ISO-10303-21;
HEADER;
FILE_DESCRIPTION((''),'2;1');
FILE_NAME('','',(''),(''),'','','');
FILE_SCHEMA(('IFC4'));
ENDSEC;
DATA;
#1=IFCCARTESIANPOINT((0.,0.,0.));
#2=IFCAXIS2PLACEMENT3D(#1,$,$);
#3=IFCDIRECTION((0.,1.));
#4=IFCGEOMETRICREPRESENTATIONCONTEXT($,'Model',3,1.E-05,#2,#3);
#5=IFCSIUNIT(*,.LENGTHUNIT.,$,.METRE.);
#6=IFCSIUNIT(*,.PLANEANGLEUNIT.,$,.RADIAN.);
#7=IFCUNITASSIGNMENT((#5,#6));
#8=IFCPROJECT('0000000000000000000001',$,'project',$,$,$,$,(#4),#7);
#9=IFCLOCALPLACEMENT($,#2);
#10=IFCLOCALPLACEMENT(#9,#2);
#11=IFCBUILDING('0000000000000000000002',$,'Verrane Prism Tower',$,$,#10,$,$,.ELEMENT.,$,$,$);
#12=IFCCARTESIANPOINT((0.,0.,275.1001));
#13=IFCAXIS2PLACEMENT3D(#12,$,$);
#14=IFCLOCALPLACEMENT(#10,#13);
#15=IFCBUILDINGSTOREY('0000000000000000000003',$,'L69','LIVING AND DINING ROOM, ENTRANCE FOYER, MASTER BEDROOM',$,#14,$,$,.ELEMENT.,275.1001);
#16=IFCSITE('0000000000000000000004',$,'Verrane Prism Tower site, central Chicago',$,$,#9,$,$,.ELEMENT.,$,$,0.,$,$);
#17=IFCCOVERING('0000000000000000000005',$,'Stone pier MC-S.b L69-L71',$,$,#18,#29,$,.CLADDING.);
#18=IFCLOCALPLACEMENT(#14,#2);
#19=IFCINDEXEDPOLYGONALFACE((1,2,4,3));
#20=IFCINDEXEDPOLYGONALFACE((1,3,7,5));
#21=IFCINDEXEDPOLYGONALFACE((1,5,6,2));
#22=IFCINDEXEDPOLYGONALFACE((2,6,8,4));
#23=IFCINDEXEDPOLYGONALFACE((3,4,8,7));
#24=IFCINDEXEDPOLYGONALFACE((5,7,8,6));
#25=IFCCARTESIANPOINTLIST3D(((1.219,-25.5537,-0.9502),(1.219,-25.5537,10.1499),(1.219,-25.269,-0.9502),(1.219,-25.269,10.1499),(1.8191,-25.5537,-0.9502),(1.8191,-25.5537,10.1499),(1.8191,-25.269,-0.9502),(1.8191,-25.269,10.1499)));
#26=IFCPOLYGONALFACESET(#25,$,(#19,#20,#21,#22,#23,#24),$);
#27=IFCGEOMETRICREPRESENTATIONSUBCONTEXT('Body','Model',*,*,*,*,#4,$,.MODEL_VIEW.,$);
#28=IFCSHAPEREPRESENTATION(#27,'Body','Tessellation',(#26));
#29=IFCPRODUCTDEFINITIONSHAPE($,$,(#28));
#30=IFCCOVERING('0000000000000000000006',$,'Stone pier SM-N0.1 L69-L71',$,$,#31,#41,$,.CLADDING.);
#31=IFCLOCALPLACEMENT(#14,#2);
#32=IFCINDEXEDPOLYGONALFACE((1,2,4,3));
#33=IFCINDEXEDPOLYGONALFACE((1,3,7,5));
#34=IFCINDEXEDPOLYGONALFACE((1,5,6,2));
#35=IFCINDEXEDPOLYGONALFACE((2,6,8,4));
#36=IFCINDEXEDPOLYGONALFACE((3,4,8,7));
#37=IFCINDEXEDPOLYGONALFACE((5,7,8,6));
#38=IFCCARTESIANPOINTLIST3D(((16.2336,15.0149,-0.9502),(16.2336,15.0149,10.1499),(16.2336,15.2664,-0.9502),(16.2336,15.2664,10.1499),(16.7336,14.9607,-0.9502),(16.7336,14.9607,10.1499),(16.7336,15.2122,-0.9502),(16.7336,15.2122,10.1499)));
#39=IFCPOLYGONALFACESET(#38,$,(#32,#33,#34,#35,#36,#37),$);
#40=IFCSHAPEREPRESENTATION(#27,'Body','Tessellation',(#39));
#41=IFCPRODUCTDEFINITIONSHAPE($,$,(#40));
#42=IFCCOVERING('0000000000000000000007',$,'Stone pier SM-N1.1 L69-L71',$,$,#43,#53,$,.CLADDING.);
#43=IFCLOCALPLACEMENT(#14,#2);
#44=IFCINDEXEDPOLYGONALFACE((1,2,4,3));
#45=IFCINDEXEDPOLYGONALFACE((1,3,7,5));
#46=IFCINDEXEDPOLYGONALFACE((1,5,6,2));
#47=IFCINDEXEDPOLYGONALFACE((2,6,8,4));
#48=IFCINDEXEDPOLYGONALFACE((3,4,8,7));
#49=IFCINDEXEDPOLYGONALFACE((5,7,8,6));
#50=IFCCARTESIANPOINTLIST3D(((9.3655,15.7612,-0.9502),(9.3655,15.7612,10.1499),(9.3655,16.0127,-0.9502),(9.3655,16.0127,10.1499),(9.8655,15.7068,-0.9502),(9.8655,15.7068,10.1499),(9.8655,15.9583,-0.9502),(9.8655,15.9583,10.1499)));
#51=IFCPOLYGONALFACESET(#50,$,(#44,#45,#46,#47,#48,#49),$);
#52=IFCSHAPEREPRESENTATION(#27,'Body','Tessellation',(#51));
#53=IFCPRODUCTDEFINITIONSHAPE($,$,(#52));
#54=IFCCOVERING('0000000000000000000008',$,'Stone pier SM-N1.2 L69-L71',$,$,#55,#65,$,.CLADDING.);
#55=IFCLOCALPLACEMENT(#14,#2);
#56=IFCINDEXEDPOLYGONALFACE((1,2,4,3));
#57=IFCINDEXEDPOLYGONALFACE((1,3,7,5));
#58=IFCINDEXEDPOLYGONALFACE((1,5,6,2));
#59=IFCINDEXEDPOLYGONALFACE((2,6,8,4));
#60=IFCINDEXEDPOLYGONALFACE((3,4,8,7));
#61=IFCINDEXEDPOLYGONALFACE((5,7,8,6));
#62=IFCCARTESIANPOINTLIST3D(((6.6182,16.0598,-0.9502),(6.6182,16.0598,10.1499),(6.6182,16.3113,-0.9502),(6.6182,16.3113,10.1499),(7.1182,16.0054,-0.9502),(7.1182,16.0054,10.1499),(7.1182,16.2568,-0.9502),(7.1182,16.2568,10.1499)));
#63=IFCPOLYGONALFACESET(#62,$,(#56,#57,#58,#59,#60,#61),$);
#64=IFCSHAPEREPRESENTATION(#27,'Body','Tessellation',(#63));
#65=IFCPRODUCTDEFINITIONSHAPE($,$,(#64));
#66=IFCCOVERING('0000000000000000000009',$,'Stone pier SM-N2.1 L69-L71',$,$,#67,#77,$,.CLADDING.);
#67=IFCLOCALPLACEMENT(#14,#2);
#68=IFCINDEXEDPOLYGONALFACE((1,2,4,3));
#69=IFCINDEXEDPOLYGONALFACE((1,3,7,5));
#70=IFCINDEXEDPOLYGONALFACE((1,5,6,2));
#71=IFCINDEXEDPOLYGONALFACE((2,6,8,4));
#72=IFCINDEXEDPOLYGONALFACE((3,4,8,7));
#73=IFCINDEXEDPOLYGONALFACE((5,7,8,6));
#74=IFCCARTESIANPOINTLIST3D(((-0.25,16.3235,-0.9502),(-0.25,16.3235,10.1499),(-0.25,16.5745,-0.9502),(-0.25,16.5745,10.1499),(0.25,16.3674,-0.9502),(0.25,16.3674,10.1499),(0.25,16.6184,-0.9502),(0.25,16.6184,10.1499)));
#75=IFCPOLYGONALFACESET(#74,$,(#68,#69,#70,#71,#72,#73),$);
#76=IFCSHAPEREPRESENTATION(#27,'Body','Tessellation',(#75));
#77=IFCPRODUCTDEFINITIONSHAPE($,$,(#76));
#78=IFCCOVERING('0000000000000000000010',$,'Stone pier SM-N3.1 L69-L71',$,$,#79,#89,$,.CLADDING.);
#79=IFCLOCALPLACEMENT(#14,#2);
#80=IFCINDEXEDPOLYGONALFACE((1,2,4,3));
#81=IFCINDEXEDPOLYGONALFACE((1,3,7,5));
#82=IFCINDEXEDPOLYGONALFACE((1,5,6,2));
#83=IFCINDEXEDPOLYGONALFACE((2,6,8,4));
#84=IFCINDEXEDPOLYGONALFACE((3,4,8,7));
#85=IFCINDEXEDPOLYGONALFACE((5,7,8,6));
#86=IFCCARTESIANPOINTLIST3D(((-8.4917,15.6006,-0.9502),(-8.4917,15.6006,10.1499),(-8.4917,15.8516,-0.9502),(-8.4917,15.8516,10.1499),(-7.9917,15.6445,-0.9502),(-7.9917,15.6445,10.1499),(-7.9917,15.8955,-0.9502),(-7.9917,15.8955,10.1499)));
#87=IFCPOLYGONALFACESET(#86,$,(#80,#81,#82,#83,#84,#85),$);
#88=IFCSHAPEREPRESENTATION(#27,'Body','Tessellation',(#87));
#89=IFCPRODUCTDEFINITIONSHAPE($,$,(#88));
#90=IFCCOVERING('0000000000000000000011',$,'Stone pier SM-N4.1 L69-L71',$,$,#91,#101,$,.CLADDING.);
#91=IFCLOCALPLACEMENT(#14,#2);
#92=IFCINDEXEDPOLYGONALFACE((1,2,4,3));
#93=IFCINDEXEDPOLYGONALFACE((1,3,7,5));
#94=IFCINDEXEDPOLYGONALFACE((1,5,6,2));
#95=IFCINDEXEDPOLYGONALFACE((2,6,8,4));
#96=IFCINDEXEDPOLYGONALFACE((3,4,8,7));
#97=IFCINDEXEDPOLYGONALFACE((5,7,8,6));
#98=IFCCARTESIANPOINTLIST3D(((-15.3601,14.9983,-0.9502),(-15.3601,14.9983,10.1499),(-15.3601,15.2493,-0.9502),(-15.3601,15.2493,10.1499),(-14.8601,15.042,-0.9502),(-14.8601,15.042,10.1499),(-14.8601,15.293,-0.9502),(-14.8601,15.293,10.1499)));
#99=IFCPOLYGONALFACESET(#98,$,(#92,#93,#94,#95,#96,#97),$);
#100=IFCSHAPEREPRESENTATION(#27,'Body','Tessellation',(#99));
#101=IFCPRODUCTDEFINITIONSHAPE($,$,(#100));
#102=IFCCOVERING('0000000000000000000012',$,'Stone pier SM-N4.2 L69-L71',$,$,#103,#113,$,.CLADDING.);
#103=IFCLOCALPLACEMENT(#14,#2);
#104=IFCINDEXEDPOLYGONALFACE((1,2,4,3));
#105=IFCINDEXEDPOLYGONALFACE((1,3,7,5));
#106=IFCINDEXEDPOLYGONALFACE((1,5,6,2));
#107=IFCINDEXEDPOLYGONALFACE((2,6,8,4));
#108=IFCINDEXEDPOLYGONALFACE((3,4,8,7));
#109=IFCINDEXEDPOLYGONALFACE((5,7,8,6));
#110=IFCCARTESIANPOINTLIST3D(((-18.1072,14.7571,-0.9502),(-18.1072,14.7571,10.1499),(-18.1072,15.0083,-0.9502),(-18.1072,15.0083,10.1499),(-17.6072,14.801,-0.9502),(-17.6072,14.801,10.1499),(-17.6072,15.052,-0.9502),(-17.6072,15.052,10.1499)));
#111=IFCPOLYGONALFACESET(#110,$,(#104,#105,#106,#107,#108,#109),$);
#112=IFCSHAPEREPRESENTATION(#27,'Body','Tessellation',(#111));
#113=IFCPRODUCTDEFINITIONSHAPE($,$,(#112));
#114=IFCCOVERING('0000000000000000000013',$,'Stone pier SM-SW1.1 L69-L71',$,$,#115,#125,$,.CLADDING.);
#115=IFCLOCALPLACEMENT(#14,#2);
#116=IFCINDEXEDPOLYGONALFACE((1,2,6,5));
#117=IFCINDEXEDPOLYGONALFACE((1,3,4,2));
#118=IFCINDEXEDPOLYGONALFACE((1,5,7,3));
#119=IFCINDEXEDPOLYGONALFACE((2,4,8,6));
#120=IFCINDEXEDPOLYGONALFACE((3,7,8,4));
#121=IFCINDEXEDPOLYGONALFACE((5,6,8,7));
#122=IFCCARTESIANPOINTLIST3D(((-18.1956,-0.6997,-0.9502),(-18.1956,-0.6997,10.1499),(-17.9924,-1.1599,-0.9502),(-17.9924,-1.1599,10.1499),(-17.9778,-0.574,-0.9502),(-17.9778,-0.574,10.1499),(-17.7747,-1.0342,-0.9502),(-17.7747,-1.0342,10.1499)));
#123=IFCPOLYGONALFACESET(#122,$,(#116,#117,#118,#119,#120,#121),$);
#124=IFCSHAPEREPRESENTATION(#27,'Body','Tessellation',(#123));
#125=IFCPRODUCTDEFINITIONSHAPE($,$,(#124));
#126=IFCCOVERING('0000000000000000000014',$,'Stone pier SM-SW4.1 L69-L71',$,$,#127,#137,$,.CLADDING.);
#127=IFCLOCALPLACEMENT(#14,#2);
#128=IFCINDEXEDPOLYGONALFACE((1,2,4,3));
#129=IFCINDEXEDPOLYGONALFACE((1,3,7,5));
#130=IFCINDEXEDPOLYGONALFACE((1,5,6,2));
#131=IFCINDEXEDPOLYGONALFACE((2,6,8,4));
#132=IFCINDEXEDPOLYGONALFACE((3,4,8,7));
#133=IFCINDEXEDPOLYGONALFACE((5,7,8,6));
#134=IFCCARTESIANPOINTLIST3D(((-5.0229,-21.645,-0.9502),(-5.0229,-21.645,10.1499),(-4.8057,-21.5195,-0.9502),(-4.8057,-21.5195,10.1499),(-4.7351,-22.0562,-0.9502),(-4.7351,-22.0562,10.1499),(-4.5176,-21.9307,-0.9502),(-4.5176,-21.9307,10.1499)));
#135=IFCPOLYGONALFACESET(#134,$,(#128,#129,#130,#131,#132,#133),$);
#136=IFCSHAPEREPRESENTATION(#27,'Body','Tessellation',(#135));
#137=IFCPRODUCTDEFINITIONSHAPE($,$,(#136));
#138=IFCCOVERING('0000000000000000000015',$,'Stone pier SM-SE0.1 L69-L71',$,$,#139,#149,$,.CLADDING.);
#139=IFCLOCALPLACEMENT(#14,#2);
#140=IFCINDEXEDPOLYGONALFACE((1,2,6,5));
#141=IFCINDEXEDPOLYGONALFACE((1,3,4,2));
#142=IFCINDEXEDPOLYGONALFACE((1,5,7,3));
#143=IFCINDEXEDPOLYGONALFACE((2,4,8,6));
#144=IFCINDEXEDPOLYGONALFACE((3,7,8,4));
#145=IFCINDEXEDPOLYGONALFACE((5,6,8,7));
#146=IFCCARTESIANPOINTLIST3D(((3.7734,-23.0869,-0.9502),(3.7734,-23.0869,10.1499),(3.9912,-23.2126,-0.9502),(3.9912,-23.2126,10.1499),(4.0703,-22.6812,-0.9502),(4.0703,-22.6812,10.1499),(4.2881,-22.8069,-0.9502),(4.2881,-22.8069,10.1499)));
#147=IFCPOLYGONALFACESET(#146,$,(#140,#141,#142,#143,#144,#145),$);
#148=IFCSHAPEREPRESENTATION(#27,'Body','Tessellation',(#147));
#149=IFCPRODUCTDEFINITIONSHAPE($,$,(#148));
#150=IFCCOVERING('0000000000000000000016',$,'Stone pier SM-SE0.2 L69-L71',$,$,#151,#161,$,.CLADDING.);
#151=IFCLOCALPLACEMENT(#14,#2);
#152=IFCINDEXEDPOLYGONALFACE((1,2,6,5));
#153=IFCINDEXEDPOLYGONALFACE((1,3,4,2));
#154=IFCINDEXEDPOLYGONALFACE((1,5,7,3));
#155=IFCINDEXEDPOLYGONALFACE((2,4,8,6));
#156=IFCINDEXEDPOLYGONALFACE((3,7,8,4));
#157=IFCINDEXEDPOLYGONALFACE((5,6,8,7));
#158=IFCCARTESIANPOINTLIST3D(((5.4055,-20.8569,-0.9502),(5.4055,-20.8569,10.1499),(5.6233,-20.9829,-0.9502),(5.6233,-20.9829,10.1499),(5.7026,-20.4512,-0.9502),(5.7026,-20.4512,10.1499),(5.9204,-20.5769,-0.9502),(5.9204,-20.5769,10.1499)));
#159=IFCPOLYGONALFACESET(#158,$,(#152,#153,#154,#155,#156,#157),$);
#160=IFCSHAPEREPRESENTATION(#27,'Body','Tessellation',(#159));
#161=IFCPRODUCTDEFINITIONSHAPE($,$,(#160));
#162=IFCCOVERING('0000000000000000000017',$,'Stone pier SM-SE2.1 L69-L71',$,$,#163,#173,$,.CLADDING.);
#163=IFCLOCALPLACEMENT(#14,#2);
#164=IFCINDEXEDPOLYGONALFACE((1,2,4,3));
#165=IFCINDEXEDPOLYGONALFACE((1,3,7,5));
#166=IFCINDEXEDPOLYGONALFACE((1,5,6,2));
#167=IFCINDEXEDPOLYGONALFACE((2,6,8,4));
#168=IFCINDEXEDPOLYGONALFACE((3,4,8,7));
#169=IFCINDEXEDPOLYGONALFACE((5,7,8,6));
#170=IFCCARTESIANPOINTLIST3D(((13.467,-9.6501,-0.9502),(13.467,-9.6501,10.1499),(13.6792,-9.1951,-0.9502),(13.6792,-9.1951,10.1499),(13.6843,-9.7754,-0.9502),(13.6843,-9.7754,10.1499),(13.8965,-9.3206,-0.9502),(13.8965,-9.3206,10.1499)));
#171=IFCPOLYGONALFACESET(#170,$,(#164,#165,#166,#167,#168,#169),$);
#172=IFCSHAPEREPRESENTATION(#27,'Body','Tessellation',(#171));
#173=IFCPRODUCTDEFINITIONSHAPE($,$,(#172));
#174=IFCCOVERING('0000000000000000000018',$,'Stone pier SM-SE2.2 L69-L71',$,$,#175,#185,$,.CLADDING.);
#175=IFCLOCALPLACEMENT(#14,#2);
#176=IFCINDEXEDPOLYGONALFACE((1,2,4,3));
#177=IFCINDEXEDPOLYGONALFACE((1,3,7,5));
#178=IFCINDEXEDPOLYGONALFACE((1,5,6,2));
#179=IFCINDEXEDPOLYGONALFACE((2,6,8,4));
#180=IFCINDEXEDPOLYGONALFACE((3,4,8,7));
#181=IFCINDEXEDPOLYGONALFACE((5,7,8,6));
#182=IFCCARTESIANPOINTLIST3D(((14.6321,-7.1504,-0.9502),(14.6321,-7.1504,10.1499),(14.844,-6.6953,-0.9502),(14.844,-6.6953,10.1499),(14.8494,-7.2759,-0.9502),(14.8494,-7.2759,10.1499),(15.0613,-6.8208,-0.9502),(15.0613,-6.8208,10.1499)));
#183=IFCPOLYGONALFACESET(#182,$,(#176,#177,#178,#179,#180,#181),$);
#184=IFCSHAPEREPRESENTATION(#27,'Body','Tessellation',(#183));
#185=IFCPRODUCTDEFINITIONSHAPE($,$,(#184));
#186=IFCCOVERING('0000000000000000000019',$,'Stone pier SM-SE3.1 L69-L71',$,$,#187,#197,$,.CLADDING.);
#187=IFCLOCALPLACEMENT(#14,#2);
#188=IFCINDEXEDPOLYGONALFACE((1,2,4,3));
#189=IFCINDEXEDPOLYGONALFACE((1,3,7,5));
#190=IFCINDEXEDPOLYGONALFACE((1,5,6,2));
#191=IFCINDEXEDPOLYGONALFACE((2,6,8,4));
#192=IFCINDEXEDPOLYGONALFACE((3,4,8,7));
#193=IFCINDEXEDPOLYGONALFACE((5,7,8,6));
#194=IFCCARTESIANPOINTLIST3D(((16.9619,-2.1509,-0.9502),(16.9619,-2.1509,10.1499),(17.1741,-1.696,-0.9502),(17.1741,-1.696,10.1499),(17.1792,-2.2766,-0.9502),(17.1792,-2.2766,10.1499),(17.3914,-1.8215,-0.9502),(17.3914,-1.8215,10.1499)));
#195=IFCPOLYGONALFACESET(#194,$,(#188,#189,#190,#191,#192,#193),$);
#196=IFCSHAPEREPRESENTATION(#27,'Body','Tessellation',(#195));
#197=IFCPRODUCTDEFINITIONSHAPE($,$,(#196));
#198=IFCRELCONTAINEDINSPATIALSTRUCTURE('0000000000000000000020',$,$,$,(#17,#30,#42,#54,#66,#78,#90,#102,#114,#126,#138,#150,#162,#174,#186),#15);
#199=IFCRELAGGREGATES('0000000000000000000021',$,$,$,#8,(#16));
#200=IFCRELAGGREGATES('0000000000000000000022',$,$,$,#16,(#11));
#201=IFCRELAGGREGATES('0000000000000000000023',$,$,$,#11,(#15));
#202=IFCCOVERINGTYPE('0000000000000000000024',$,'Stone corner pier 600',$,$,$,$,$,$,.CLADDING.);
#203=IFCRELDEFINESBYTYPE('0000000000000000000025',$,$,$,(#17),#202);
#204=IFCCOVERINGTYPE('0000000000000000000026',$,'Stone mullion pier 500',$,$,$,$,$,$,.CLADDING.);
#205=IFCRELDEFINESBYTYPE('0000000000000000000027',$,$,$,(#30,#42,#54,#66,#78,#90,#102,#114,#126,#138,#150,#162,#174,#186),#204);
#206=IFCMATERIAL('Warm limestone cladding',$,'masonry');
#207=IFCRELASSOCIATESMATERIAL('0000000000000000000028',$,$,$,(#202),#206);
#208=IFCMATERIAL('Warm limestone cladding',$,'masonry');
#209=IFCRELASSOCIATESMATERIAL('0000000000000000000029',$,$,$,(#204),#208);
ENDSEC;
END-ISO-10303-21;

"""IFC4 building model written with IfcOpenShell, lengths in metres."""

from ifc_helpers import new_model, si_unit, direction, frame, origin, place, context, subcontext, project, spatial, polyline, outline, extrude, material, type_object, element, save


model = new_model("IFC4")

# Units and contexts
model_context = context("Model", 3, precision=1e-05, world=origin(), true_north=direction((0.0, 1.0)))
body_context = subcontext(model_context, "Body", "Model", "MODEL_VIEW")
ifc_project = project(units=[si_unit("LENGTHUNIT", "METRE"), si_unit("PLANEANGLEUNIT", "RADIAN")], contexts=[model_context])

# Site, building, storey
site_placement = place(None, origin())
site = spatial("IfcSite", under=ifc_project, at=site_placement, Name="Verrane Prism Tower site, central Chicago", CompositionType="ELEMENT", RefElevation=0.0)
building_placement = place(site_placement, origin())
building = spatial("IfcBuilding", under=site, at=building_placement, Name="Verrane Prism Tower", CompositionType="ELEMENT")
storey_placement = place(building_placement, frame((0.0, 0.0, 275.1001)))
storey = spatial("IfcBuildingStorey", under=building, at=storey_placement, Name="L69", Description="LIVING AND DINING ROOM, ENTRANCE FOYER, MASTER BEDROOM", CompositionType="ELEMENT", Elevation=275.1001)

# Coverings
ifc_material_1 = material(Name="Warm limestone cladding", Category="masonry")
covering_type_1 = type_object("IfcCoveringType", Name="Stone corner pier 600", PredefinedType="CLADDING", material=ifc_material_1)
covering_1_placement = place(storey_placement, frame((0.0, 0.0, -0.9502)))
element("IfcCovering", 1, at=covering_1_placement, inside=storey, type_object=covering_type_1, Name="Stone pier MC-S.b L69-L71", PredefinedType="CLADDING", context=body_context, shape_type="SweptSolid", body=[
    extrude(outline(polyline([(1.8191, -25.269), (1.219, -25.269), (1.219, -25.5537), (1.8191, -25.5537), (1.8191, -25.269)])), origin(), (0.0, 0.0, 1.0), 11.1001),
])
ifc_material_2 = material(Name="Warm limestone cladding", Category="masonry")
covering_type_2 = type_object("IfcCoveringType", Name="Stone mullion pier 500", PredefinedType="CLADDING", material=ifc_material_2)
covering_2_placement = place(storey_placement, frame((0.0, 0.0, -0.9502)))
element("IfcCovering", 2, at=covering_2_placement, inside=storey, type_object=covering_type_2, Name="Stone pier SM-N0.1 L69-L71", PredefinedType="CLADDING", context=body_context, shape_type="SweptSolid", body=[
    extrude(outline(polyline([(16.2336, 15.0149), (16.7336, 14.9607), (16.7336, 15.2122), (16.2336, 15.2664), (16.2336, 15.0149)])), origin(), (0.0, 0.0, 1.0), 11.1001),
])
covering_3_placement = place(storey_placement, frame((0.0, 0.0, -0.9502)))
element("IfcCovering", 3, at=covering_3_placement, inside=storey, type_object=covering_type_2, Name="Stone pier SM-N1.1 L69-L71", PredefinedType="CLADDING", context=body_context, shape_type="SweptSolid", body=[
    extrude(outline(polyline([(9.3655, 15.7612), (9.8655, 15.7068), (9.8655, 15.9583), (9.3655, 16.0127), (9.3655, 15.7612)])), origin(), (0.0, 0.0, 1.0), 11.1001),
])
covering_4_placement = place(storey_placement, frame((0.0, 0.0, -0.9502)))
element("IfcCovering", 4, at=covering_4_placement, inside=storey, type_object=covering_type_2, Name="Stone pier SM-N1.2 L69-L71", PredefinedType="CLADDING", context=body_context, shape_type="SweptSolid", body=[
    extrude(outline(polyline([(6.6182, 16.0598), (7.1182, 16.0054), (7.1182, 16.2568), (6.6182, 16.3113), (6.6182, 16.0598)])), origin(), (0.0, 0.0, 1.0), 11.1001),
])
covering_5_placement = place(storey_placement, frame((0.0, 0.0, -0.9502)))
element("IfcCovering", 5, at=covering_5_placement, inside=storey, type_object=covering_type_2, Name="Stone pier SM-N2.1 L69-L71", PredefinedType="CLADDING", context=body_context, shape_type="SweptSolid", body=[
    extrude(outline(polyline([(-0.25, 16.3235), (0.25, 16.3674), (0.25, 16.6184), (-0.25, 16.5745), (-0.25, 16.3235)])), origin(), (0.0, 0.0, 1.0), 11.1001),
])
covering_6_placement = place(storey_placement, frame((0.0, 0.0, -0.9502)))
element("IfcCovering", 6, at=covering_6_placement, inside=storey, type_object=covering_type_2, Name="Stone pier SM-N3.1 L69-L71", PredefinedType="CLADDING", context=body_context, shape_type="SweptSolid", body=[
    extrude(outline(polyline([(-8.4917, 15.6006), (-7.9917, 15.6445), (-7.9917, 15.8955), (-8.4917, 15.8516), (-8.4917, 15.6006)])), origin(), (0.0, 0.0, 1.0), 11.1001),
])
covering_7_placement = place(storey_placement, frame((0.0, 0.0, -0.9502)))
element("IfcCovering", 7, at=covering_7_placement, inside=storey, type_object=covering_type_2, Name="Stone pier SM-N4.1 L69-L71", PredefinedType="CLADDING", context=body_context, shape_type="SweptSolid", body=[
    extrude(outline(polyline([(-15.3601, 14.9983), (-14.8601, 15.042), (-14.8601, 15.293), (-15.3601, 15.2493), (-15.3601, 14.9983)])), origin(), (0.0, 0.0, 1.0), 11.1001),
])
covering_8_placement = place(storey_placement, frame((0.0, 0.0, -0.9502)))
element("IfcCovering", 8, at=covering_8_placement, inside=storey, type_object=covering_type_2, Name="Stone pier SM-N4.2 L69-L71", PredefinedType="CLADDING", context=body_context, shape_type="SweptSolid", body=[
    extrude(outline(polyline([(-18.1072, 14.7571), (-17.6072, 14.801), (-17.6072, 15.052), (-18.1072, 15.0083), (-18.1072, 14.7571)])), origin(), (0.0, 0.0, 1.0), 11.1001),
])
covering_9_placement = place(storey_placement, frame((0.0, 0.0, -0.9502)))
element("IfcCovering", 9, at=covering_9_placement, inside=storey, type_object=covering_type_2, Name="Stone pier SM-SW1.1 L69-L71", PredefinedType="CLADDING", context=body_context, shape_type="SweptSolid", body=[
    extrude(outline(polyline([(-17.7747, -1.0342), (-17.9778, -0.574), (-18.1956, -0.6997), (-17.9924, -1.1599), (-17.7747, -1.0342)])), origin(), (0.0, 0.0, 1.0), 11.1001),
])
covering_10_placement = place(storey_placement, frame((0.0, 0.0, -0.9502)))
element("IfcCovering", 10, at=covering_10_placement, inside=storey, type_object=covering_type_2, Name="Stone pier SM-SW4.1 L69-L71", PredefinedType="CLADDING", context=body_context, shape_type="SweptSolid", body=[
    extrude(outline(polyline([(-4.5176, -21.9307), (-4.8057, -21.5195), (-5.0229, -21.645), (-4.7351, -22.0562), (-4.5176, -21.9307)])), origin(), (0.0, 0.0, 1.0), 11.1001),
])
covering_11_placement = place(storey_placement, frame((0.0, 0.0, -0.9502)))
element("IfcCovering", 11, at=covering_11_placement, inside=storey, type_object=covering_type_2, Name="Stone pier SM-SE0.1 L69-L71", PredefinedType="CLADDING", context=body_context, shape_type="SweptSolid", body=[
    extrude(outline(polyline([(4.0703, -22.6812), (3.7734, -23.0869), (3.9912, -23.2126), (4.2881, -22.8069), (4.0703, -22.6812)])), origin(), (0.0, 0.0, 1.0), 11.1001),
])
covering_12_placement = place(storey_placement, frame((0.0, 0.0, -0.9502)))
element("IfcCovering", 12, at=covering_12_placement, inside=storey, type_object=covering_type_2, Name="Stone pier SM-SE0.2 L69-L71", PredefinedType="CLADDING", context=body_context, shape_type="SweptSolid", body=[
    extrude(outline(polyline([(5.7026, -20.4512), (5.4055, -20.8569), (5.6233, -20.9829), (5.9204, -20.5769), (5.7026, -20.4512)])), origin(), (0.0, 0.0, 1.0), 11.1001),
])
covering_13_placement = place(storey_placement, frame((0.0, 0.0, -0.9502)))
element("IfcCovering", 13, at=covering_13_placement, inside=storey, type_object=covering_type_2, Name="Stone pier SM-SE2.1 L69-L71", PredefinedType="CLADDING", context=body_context, shape_type="SweptSolid", body=[
    extrude(outline(polyline([(13.6792, -9.1951), (13.467, -9.6501), (13.6843, -9.7754), (13.8965, -9.3206), (13.6792, -9.1951)])), origin(), (0.0, 0.0, 1.0), 11.1001),
])
covering_14_placement = place(storey_placement, frame((0.0, 0.0, -0.9502)))
element("IfcCovering", 14, at=covering_14_placement, inside=storey, type_object=covering_type_2, Name="Stone pier SM-SE2.2 L69-L71", PredefinedType="CLADDING", context=body_context, shape_type="SweptSolid", body=[
    extrude(outline(polyline([(14.844, -6.6953), (14.6321, -7.1504), (14.8494, -7.2759), (15.0613, -6.8208), (14.844, -6.6953)])), origin(), (0.0, 0.0, 1.0), 11.1001),
])
covering_15_placement = place(storey_placement, frame((0.0, 0.0, -0.9502)))
element("IfcCovering", 15, at=covering_15_placement, inside=storey, type_object=covering_type_2, Name="Stone pier SM-SE3.1 L69-L71", PredefinedType="CLADDING", context=body_context, shape_type="SweptSolid", body=[
    extrude(outline(polyline([(17.1741, -1.696), (16.9619, -2.1509), (17.1792, -2.2766), (17.3914, -1.8215), (17.1741, -1.696)])), origin(), (0.0, 0.0, 1.0), 11.1001),
])

save(model, "model.ifc")
